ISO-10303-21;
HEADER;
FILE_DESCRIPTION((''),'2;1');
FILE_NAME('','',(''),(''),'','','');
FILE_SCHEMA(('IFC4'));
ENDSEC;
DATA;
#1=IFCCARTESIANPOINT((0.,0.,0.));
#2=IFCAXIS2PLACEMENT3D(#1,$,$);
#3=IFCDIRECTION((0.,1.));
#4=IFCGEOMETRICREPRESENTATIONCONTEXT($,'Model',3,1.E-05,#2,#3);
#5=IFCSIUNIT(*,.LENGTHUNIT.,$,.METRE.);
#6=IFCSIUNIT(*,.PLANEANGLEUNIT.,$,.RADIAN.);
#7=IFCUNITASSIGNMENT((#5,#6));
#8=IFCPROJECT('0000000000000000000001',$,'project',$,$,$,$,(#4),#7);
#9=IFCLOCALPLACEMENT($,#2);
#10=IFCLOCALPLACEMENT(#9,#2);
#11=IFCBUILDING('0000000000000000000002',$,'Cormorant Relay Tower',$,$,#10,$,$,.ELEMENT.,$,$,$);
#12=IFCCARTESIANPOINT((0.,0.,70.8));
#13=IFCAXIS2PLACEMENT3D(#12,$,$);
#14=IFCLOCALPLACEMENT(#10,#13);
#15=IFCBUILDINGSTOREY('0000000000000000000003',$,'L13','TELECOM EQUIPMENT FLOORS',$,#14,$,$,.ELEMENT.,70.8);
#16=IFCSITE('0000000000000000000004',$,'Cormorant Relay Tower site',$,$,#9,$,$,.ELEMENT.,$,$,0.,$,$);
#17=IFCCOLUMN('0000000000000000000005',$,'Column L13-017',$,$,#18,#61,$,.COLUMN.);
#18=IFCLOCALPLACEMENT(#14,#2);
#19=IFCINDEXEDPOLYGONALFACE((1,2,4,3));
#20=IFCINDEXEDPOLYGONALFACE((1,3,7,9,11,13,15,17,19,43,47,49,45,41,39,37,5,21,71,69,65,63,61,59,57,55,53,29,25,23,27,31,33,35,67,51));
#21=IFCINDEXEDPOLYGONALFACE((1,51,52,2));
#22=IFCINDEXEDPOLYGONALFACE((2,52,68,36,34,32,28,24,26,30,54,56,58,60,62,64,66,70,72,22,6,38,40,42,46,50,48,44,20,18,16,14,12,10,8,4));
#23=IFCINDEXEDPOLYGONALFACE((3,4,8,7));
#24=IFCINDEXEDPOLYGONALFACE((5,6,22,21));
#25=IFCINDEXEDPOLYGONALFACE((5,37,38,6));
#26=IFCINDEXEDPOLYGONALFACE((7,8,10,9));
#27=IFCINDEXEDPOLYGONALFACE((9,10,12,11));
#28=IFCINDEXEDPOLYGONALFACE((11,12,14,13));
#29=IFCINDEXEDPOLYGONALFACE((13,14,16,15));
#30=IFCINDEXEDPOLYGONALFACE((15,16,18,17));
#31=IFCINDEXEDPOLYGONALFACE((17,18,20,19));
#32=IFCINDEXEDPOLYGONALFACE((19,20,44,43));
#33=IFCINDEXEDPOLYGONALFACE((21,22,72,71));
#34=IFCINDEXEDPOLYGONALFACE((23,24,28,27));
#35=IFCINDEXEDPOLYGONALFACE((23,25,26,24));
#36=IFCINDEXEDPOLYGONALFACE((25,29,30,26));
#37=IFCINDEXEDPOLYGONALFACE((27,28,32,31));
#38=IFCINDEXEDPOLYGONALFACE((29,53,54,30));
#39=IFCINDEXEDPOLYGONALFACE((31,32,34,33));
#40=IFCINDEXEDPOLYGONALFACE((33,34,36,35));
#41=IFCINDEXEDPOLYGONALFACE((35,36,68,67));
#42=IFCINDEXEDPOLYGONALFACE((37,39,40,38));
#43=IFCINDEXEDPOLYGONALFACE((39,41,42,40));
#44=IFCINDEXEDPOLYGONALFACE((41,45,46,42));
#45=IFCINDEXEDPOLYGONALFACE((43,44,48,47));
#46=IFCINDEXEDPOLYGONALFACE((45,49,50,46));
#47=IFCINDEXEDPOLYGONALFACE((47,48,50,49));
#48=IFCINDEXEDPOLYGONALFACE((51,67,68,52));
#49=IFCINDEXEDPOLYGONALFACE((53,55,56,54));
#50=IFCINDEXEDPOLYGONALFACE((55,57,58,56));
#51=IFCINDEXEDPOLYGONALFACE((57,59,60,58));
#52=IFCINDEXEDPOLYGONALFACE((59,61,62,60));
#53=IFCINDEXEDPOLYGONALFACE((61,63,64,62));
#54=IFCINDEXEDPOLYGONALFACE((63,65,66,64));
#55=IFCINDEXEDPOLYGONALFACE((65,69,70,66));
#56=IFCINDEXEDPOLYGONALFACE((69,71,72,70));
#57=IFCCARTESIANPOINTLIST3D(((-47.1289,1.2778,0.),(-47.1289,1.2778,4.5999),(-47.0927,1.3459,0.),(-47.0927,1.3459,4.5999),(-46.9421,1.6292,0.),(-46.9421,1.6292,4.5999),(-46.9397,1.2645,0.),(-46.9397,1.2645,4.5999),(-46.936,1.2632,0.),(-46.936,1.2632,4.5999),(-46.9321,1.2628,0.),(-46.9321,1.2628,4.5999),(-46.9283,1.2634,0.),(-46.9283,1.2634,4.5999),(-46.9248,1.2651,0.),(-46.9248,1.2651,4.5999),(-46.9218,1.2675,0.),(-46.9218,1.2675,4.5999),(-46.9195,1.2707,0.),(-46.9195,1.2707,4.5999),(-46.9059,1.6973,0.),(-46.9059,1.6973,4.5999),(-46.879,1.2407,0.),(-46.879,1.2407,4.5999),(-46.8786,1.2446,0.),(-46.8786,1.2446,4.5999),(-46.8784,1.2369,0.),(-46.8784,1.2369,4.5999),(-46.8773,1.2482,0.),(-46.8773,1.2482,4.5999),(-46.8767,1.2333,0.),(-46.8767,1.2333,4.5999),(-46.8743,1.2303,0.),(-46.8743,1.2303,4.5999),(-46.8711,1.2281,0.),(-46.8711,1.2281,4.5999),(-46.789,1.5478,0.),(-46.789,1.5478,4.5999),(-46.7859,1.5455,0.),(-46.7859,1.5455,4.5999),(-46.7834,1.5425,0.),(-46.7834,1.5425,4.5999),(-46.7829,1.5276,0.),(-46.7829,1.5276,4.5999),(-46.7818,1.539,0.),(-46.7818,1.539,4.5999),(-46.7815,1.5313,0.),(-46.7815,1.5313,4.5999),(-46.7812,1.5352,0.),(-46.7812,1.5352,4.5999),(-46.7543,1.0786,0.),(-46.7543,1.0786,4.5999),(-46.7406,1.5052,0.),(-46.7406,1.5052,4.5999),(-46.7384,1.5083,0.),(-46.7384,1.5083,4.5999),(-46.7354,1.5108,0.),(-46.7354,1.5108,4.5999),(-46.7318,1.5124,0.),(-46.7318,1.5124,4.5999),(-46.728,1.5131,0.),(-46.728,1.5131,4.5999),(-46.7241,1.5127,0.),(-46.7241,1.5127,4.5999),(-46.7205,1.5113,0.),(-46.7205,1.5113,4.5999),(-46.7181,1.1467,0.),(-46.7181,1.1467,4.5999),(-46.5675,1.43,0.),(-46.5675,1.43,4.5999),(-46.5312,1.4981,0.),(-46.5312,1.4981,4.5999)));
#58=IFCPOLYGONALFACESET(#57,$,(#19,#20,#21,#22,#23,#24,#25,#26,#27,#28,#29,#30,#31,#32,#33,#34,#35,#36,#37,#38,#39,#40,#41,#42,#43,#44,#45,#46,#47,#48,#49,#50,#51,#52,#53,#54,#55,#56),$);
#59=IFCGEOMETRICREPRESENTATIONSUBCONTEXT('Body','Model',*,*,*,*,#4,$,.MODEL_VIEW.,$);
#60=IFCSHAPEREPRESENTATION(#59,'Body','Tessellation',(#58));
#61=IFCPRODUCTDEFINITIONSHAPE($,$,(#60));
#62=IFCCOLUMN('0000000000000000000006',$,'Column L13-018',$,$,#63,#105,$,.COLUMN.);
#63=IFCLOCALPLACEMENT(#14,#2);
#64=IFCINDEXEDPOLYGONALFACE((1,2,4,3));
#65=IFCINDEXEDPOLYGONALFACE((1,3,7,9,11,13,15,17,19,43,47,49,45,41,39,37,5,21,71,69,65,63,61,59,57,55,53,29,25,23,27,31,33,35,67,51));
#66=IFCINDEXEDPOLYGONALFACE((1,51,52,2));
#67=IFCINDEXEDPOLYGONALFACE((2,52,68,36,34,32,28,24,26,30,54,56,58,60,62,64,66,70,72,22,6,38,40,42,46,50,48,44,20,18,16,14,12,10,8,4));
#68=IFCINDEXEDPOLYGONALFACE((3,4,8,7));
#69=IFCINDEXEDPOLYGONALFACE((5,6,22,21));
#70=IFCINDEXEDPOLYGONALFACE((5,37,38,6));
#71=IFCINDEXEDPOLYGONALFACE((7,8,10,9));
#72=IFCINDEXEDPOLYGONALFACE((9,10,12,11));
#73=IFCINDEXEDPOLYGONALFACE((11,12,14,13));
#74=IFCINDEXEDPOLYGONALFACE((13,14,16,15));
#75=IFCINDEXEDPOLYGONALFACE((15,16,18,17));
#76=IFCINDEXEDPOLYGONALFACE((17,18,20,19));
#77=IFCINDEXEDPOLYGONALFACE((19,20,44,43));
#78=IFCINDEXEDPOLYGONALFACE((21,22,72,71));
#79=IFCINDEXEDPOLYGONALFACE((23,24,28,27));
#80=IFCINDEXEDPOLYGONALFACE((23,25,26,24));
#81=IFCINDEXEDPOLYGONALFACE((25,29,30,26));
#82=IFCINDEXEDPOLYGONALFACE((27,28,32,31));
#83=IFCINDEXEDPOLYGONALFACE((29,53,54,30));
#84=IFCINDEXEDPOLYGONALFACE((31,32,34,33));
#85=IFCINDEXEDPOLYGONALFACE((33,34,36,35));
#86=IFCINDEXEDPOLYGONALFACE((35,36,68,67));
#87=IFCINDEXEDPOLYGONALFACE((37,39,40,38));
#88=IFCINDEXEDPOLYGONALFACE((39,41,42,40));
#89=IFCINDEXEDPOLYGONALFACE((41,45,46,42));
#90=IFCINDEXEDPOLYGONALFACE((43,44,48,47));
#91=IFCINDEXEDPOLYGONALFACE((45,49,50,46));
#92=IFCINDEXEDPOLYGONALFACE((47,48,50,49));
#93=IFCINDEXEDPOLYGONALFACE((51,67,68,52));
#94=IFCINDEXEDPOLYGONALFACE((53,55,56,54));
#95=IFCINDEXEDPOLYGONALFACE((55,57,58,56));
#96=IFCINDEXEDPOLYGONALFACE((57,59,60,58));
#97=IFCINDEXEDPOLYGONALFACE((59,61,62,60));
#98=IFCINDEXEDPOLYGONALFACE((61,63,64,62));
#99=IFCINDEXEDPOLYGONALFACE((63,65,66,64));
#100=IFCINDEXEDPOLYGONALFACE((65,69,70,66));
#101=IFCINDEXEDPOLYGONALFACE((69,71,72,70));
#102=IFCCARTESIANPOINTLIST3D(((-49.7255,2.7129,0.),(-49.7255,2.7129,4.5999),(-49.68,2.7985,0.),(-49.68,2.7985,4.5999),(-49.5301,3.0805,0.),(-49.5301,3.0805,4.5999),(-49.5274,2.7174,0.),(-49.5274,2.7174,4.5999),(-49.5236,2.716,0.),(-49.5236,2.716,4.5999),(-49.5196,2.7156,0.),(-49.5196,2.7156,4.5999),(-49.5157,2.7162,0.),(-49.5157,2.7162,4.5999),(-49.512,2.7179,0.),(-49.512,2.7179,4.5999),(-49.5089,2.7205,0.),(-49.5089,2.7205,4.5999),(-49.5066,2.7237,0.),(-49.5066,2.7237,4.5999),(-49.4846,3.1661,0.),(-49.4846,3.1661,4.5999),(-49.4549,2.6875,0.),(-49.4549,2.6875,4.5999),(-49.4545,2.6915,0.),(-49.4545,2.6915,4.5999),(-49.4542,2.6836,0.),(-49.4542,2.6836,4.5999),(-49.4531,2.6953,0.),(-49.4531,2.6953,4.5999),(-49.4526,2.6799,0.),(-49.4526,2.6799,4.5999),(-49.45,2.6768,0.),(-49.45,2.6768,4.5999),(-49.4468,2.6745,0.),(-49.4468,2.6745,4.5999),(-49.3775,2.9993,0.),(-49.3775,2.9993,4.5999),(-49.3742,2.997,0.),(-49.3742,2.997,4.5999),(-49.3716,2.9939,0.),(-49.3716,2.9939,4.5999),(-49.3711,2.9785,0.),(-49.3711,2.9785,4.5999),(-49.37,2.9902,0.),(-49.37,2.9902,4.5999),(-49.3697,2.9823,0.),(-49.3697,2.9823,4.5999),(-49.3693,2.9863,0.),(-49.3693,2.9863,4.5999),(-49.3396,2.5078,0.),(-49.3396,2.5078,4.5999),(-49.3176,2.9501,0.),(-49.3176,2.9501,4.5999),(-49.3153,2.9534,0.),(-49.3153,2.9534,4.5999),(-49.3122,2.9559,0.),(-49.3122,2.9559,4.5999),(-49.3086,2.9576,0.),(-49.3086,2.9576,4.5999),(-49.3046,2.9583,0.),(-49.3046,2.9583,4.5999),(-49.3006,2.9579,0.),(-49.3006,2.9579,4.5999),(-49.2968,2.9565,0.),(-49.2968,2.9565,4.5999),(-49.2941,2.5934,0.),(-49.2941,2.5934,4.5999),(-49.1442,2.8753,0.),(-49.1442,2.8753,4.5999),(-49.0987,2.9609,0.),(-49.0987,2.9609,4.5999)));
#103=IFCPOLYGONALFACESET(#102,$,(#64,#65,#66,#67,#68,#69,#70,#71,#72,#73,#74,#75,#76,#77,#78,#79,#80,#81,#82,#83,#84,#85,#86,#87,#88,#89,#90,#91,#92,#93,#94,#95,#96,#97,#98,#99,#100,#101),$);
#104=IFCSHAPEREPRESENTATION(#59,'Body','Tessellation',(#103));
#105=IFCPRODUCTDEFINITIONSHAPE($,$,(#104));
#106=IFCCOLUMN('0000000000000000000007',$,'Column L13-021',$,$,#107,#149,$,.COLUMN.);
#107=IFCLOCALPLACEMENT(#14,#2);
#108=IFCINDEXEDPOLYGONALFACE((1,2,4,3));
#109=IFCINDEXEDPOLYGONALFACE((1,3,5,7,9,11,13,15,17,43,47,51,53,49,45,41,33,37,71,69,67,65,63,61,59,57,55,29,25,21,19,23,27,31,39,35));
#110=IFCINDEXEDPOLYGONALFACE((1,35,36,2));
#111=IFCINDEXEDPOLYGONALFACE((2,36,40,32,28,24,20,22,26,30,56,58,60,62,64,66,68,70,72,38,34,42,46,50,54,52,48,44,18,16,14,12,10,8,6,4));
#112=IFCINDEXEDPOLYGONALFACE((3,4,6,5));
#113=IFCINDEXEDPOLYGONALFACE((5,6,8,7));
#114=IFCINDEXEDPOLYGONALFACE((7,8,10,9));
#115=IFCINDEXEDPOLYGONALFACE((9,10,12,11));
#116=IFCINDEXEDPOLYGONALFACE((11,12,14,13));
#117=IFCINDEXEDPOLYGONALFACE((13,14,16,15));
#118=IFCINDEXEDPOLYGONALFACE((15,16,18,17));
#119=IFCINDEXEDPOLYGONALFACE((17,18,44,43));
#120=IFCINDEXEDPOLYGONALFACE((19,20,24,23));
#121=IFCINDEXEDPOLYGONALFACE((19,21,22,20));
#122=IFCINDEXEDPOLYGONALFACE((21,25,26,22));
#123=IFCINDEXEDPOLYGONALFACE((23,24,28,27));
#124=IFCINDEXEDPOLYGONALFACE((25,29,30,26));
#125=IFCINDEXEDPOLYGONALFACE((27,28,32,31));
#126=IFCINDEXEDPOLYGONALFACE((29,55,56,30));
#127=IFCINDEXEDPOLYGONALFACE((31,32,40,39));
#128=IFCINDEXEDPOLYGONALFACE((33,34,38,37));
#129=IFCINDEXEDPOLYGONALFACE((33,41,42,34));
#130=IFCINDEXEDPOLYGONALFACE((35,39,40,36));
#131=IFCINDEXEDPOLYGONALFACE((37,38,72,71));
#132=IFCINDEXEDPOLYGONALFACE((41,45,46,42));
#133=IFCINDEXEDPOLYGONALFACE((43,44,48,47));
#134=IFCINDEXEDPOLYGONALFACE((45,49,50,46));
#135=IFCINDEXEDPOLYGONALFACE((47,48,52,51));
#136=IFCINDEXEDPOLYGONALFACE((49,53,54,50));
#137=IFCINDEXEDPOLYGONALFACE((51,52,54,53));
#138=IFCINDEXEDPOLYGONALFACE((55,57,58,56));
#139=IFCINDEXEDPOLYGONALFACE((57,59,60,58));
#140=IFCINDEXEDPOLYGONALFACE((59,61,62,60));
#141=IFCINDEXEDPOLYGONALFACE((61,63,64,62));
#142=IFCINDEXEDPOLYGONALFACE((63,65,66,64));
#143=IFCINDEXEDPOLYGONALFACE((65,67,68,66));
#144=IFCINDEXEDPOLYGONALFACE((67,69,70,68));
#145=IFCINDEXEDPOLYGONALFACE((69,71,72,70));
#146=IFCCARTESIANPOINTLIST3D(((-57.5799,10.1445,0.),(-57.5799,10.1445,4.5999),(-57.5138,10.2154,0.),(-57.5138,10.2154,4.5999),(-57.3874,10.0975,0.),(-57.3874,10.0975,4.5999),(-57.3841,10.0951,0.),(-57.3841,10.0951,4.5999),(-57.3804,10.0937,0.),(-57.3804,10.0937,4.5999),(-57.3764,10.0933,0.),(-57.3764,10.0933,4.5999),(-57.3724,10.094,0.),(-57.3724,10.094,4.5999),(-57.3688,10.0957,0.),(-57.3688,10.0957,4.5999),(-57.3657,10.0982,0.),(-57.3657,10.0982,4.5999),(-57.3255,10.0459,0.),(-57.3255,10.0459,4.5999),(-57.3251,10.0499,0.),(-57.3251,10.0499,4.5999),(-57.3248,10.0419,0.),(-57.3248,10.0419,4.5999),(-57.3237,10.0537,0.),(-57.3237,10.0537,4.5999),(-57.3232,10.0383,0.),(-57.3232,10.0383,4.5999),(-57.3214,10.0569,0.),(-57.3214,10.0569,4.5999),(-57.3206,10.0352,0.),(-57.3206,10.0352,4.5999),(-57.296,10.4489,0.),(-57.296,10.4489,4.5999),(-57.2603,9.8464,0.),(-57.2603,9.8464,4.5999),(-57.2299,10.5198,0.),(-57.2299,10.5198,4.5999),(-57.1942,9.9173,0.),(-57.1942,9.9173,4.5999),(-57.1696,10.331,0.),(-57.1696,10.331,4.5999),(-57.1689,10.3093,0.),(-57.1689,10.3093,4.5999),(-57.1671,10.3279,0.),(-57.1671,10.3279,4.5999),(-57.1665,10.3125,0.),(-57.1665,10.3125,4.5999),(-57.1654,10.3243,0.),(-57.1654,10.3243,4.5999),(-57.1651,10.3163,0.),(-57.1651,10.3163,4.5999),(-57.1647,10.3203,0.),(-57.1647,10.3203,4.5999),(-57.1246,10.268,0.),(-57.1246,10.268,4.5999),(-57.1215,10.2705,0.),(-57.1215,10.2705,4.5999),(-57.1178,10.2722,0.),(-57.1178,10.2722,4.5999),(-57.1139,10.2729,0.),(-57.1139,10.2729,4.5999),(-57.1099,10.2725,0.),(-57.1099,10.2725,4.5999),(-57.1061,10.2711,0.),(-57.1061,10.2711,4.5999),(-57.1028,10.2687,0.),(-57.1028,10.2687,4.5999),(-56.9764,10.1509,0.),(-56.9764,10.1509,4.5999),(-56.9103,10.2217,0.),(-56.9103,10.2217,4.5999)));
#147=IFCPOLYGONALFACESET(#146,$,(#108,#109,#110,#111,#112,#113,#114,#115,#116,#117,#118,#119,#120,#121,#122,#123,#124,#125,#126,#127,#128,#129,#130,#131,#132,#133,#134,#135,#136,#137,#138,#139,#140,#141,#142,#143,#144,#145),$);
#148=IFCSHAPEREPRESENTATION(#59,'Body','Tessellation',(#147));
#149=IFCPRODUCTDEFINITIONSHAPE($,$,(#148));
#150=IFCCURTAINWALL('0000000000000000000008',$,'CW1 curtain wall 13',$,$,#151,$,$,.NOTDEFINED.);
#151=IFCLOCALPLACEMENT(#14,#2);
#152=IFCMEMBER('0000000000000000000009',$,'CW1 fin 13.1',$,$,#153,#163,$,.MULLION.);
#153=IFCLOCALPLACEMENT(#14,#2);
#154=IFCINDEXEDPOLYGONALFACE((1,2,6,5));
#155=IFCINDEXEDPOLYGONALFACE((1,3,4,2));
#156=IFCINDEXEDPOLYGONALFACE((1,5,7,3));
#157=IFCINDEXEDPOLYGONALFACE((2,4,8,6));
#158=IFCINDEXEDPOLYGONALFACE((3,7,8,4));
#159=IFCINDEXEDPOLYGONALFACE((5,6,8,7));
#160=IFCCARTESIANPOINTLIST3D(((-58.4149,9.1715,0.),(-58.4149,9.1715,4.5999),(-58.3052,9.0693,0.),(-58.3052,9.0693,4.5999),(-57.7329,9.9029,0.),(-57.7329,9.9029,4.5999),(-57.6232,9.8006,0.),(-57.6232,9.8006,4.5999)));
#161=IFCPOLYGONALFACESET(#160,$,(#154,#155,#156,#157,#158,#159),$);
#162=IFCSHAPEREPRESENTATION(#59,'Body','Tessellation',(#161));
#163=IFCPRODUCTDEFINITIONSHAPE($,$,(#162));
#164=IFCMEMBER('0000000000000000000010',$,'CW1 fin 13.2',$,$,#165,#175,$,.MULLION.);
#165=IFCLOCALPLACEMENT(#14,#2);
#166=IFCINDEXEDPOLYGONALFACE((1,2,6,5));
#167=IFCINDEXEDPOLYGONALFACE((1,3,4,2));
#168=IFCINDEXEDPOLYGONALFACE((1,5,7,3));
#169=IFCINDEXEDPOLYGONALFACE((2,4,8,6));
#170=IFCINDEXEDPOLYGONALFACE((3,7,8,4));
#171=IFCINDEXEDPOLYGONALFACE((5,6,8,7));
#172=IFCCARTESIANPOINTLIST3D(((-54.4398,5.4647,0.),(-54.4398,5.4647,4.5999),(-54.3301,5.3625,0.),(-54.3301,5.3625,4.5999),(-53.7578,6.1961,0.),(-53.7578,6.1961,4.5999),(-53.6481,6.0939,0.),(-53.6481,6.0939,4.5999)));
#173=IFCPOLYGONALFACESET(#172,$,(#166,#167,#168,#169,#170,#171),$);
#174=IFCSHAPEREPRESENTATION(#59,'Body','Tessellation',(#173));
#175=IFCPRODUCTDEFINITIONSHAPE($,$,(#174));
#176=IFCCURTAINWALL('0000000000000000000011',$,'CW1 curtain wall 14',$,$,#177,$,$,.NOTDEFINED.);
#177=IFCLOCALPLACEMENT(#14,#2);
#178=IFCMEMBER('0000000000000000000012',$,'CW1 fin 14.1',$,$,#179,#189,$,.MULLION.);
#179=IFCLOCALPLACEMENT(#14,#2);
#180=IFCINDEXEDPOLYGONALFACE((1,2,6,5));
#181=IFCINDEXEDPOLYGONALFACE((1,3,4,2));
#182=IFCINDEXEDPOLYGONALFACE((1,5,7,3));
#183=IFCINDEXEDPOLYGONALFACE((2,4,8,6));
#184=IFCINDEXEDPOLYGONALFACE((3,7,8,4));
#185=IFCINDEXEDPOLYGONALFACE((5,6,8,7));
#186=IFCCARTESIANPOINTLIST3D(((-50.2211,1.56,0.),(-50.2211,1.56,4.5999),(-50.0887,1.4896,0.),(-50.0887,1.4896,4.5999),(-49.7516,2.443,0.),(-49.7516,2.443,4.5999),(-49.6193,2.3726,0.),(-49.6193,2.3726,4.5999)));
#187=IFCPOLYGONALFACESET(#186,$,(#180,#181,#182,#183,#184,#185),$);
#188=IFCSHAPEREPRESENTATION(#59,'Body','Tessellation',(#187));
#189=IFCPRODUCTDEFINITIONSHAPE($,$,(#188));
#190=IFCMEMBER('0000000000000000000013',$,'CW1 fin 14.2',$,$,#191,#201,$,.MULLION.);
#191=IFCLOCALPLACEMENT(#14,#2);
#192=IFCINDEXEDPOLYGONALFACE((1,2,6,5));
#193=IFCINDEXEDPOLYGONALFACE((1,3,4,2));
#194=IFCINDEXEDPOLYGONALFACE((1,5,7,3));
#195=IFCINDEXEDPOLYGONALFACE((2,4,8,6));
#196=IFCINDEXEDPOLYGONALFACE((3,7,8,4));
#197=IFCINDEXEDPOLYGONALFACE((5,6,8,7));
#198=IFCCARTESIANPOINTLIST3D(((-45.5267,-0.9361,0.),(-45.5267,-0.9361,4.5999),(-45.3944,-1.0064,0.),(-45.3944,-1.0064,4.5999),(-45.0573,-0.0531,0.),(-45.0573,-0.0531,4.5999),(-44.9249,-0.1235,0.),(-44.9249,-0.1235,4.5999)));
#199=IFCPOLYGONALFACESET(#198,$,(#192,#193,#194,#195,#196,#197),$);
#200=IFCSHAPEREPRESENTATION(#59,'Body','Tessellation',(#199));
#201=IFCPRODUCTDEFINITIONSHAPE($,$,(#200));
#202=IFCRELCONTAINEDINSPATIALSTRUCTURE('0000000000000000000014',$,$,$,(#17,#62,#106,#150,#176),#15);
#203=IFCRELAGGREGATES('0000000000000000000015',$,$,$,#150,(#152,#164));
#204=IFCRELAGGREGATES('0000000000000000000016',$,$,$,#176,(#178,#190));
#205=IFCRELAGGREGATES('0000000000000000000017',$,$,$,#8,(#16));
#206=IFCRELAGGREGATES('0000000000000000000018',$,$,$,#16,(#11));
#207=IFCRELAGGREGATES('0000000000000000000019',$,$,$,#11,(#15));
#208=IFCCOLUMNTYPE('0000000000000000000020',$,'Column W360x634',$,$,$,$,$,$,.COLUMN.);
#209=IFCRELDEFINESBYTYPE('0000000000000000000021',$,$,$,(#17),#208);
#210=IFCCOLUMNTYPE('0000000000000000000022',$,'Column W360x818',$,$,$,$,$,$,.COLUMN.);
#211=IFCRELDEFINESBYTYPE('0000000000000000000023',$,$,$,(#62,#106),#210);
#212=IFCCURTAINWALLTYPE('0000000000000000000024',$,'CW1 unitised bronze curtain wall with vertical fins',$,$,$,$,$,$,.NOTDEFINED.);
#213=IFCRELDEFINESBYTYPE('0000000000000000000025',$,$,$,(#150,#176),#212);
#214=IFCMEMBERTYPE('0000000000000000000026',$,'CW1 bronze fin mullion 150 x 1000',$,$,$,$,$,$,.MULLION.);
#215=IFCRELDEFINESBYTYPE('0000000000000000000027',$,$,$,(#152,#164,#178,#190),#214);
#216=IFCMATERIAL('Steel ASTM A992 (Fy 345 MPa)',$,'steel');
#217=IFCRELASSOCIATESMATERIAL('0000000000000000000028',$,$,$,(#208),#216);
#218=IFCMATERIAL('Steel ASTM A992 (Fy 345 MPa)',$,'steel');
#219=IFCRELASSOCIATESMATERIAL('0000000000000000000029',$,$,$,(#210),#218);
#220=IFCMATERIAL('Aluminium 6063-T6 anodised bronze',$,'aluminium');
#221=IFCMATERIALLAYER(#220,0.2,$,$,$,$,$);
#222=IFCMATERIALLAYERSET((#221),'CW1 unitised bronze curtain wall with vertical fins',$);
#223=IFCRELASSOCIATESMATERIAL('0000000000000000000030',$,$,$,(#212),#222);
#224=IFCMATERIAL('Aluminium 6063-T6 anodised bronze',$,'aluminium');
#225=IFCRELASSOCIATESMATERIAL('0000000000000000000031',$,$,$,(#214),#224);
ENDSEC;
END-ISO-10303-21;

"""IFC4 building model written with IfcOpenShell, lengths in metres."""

from ifc_helpers import new_model, si_unit, direction, frame, origin, origin_2d, place, context, subcontext, project, spatial, rectangle, i_section, extrude, material, layer, layer_set, material_profile, profile_set, type_object, element, aggregate, save


model = new_model("IFC4")

# Units and contexts
model_context = context("Model", 3, precision=1e-05, world=origin(), true_north=direction((0.0, 1.0)))
body_context = subcontext(model_context, "Body", "Model", "MODEL_VIEW")
ifc_project = project(units=[si_unit("LENGTHUNIT", "METRE"), si_unit("PLANEANGLEUNIT", "RADIAN")], contexts=[model_context])

# Site, building, storey
site_placement = place(None, origin())
site = spatial("IfcSite", under=ifc_project, at=site_placement, Name="Cormorant Relay Tower site", CompositionType="ELEMENT", RefElevation=0.0)
building_placement = place(site_placement, origin())
building = spatial("IfcBuilding", under=site, at=building_placement, Name="Cormorant Relay Tower", CompositionType="ELEMENT")
storey_placement = place(building_placement, frame((0.0, 0.0, 70.8)))
storey = spatial("IfcBuildingStorey", under=building, at=storey_placement, Name="L13", Description="TELECOM EQUIPMENT FLOORS", CompositionType="ELEMENT", Elevation=70.8)

# Columns
ifc_material_1 = material(Name="Steel ASTM A992 (Fy 345 MPa)", Category="steel")
ifc_material_profile_1 = material_profile(ifc_material_1, i_section(OverallWidth=0.4243, OverallDepth=0.4751, WebThickness=0.0479, FlangeThickness=0.0771, FilletRadius=0.0149, at=origin_2d()), Name="W360x634")
ifc_profile_set_1 = profile_set([ifc_material_profile_1], Name="Steel ASTM A992 (Fy 345 MPa)")
column_type_1 = type_object("IfcColumnType", Name="Column W360x634", PredefinedType="COLUMN", material=ifc_profile_set_1)
column_placement = place(storey_placement, frame((-46.8301, 1.3879, 0.0), z_axis=(0.0, 0.0, 1.0), x_axis=(0.882948, -0.469472, 0.0)))
element("IfcColumn", 1, at=column_placement, inside=storey, type_object=column_type_1, Name="Column L13-017", PredefinedType="COLUMN", context=body_context, shape_type="SweptSolid", body=[
    extrude(i_section(OverallWidth=0.4243, OverallDepth=0.4751, WebThickness=0.0479, FlangeThickness=0.0771, FilletRadius=0.0149, at=origin_2d()), origin(), (0.0, 0.0, 1.0), 4.5999),
])
ifc_material_2 = material(Name="Steel ASTM A992 (Fy 345 MPa)", Category="steel")
ifc_material_profile_2 = material_profile(ifc_material_2, i_section(OverallWidth=0.437, OverallDepth=0.5132, WebThickness=0.0605, FlangeThickness=0.0969, FilletRadius=0.0154, at=origin_2d()), Name="W360x818")
ifc_profile_set_2 = profile_set([ifc_material_profile_2], Name="Steel ASTM A992 (Fy 345 MPa)")
column_type_2 = type_object("IfcColumnType", Name="Column W360x818", PredefinedType="COLUMN", material=ifc_profile_set_2)
for number, where, z_axis, x_axis, name in (
    (2, (-49.4121, 2.8369, 0.0), (0.0, 0.0, 1.0), (0.882948, -0.469472, 0.0), "Column L13-018"),
    (3, (-57.2451, 10.1831, 0.0), (0.0, 0.0, 1.0), (0.731354, -0.681998, 0.0), "Column L13-021"),
):
    element("IfcColumn", number, at=place(storey_placement, frame(where, z_axis=z_axis, x_axis=x_axis)), inside=storey, type_object=column_type_2, Name=name, PredefinedType="COLUMN", context=body_context, shape_type="SweptSolid", body=[
        extrude(i_section(OverallWidth=0.437, OverallDepth=0.5132, WebThickness=0.0605, FlangeThickness=0.0969, FilletRadius=0.0154, at=origin_2d()), origin(), (0.0, 0.0, 1.0), 4.5999),
    ])

# Curtain walls, members
ifc_material_3 = material(Name="Aluminium 6063-T6 anodised bronze", Category="aluminium")
ifc_layer_1 = layer(ifc_material_3, 0.2)
ifc_layer_set_1 = layer_set([ifc_layer_1], Name="CW1 unitised bronze curtain wall with vertical fins")
curtain_wall_type = type_object("IfcCurtainWallType", Name="CW1 unitised bronze curtain wall with vertical fins", PredefinedType="NOTDEFINED", material=ifc_layer_set_1)
curtain_wall_1_placement = place(storey_placement, origin())
curtain_wall_1 = element("IfcCurtainWall", 4, at=curtain_wall_1_placement, inside=storey, type_object=curtain_wall_type, Name="CW1 curtain wall 13", PredefinedType="NOTDEFINED")
ifc_material_4 = material(Name="Aluminium 6063-T6 anodised bronze", Category="aluminium")
ifc_material_profile_3 = material_profile(ifc_material_4, rectangle(XDim=0.1499, YDim=1.0, at=origin_2d()), Name="AL 150x1000")
ifc_profile_set_3 = profile_set([ifc_material_profile_3], Name="Aluminium 6063-T6 anodised bronze")
member_type_1 = type_object("IfcMemberType", Name="CW1 bronze fin mullion 150 x 1000", PredefinedType="MULLION", material=ifc_profile_set_3)
member_1_placement = place(storey_placement, frame((-58.019, 9.4861, 0.0), z_axis=(0.0, 0.0, 1.0), x_axis=(0.731354, -0.681998, 0.0)))
member_1 = element("IfcMember", 5, at=member_1_placement, type_object=member_type_1, Name="CW1 fin 13.1", PredefinedType="MULLION", context=body_context, shape_type="SweptSolid", body=[
    extrude(rectangle(XDim=0.1499, YDim=1.0, at=origin_2d()), origin(), (0.0, 0.0, 1.0), 4.5999),
])
member_2_placement = place(storey_placement, frame((-54.0439, 5.7793, 0.0), z_axis=(0.0, 0.0, 1.0), x_axis=(0.731354, -0.681998, 0.0)))
member_2 = element("IfcMember", 6, at=member_2_placement, type_object=member_type_1, Name="CW1 fin 13.2", PredefinedType="MULLION", context=body_context, shape_type="SweptSolid", body=[
    extrude(rectangle(XDim=0.1499, YDim=1.0, at=origin_2d()), origin(), (0.0, 0.0, 1.0), 4.5999),
])
curtain_wall_2_placement = place(storey_placement, origin())
curtain_wall_2 = element("IfcCurtainWall", 7, at=curtain_wall_2_placement, inside=storey, type_object=curtain_wall_type, Name="CW1 curtain wall 14", PredefinedType="NOTDEFINED")
member_3_placement = place(storey_placement, frame((-49.9202, 1.9663, 0.0), z_axis=(0.0, 0.0, 1.0), x_axis=(0.882948, -0.469472, 0.0)))
member_3 = element("IfcMember", 8, at=member_3_placement, type_object=member_type_1, Name="CW1 fin 14.1", PredefinedType="MULLION", context=body_context, shape_type="SweptSolid", body=[
    extrude(rectangle(XDim=0.1499, YDim=1.0, at=origin_2d()), origin(), (0.0, 0.0, 1.0), 4.5999),
])
member_4_placement = place(storey_placement, frame((-45.2258, -0.5298, 0.0), z_axis=(0.0, 0.0, 1.0), x_axis=(0.882948, -0.469472, 0.0)))
member_4 = element("IfcMember", 9, at=member_4_placement, type_object=member_type_1, Name="CW1 fin 14.2", PredefinedType="MULLION", context=body_context, shape_type="SweptSolid", body=[
    extrude(rectangle(XDim=0.1499, YDim=1.0, at=origin_2d()), origin(), (0.0, 0.0, 1.0), 4.5999),
])

aggregate(curtain_wall_1, [member_1, member_2])
aggregate(curtain_wall_2, [member_3, member_4])

save(model, "model.ifc")
